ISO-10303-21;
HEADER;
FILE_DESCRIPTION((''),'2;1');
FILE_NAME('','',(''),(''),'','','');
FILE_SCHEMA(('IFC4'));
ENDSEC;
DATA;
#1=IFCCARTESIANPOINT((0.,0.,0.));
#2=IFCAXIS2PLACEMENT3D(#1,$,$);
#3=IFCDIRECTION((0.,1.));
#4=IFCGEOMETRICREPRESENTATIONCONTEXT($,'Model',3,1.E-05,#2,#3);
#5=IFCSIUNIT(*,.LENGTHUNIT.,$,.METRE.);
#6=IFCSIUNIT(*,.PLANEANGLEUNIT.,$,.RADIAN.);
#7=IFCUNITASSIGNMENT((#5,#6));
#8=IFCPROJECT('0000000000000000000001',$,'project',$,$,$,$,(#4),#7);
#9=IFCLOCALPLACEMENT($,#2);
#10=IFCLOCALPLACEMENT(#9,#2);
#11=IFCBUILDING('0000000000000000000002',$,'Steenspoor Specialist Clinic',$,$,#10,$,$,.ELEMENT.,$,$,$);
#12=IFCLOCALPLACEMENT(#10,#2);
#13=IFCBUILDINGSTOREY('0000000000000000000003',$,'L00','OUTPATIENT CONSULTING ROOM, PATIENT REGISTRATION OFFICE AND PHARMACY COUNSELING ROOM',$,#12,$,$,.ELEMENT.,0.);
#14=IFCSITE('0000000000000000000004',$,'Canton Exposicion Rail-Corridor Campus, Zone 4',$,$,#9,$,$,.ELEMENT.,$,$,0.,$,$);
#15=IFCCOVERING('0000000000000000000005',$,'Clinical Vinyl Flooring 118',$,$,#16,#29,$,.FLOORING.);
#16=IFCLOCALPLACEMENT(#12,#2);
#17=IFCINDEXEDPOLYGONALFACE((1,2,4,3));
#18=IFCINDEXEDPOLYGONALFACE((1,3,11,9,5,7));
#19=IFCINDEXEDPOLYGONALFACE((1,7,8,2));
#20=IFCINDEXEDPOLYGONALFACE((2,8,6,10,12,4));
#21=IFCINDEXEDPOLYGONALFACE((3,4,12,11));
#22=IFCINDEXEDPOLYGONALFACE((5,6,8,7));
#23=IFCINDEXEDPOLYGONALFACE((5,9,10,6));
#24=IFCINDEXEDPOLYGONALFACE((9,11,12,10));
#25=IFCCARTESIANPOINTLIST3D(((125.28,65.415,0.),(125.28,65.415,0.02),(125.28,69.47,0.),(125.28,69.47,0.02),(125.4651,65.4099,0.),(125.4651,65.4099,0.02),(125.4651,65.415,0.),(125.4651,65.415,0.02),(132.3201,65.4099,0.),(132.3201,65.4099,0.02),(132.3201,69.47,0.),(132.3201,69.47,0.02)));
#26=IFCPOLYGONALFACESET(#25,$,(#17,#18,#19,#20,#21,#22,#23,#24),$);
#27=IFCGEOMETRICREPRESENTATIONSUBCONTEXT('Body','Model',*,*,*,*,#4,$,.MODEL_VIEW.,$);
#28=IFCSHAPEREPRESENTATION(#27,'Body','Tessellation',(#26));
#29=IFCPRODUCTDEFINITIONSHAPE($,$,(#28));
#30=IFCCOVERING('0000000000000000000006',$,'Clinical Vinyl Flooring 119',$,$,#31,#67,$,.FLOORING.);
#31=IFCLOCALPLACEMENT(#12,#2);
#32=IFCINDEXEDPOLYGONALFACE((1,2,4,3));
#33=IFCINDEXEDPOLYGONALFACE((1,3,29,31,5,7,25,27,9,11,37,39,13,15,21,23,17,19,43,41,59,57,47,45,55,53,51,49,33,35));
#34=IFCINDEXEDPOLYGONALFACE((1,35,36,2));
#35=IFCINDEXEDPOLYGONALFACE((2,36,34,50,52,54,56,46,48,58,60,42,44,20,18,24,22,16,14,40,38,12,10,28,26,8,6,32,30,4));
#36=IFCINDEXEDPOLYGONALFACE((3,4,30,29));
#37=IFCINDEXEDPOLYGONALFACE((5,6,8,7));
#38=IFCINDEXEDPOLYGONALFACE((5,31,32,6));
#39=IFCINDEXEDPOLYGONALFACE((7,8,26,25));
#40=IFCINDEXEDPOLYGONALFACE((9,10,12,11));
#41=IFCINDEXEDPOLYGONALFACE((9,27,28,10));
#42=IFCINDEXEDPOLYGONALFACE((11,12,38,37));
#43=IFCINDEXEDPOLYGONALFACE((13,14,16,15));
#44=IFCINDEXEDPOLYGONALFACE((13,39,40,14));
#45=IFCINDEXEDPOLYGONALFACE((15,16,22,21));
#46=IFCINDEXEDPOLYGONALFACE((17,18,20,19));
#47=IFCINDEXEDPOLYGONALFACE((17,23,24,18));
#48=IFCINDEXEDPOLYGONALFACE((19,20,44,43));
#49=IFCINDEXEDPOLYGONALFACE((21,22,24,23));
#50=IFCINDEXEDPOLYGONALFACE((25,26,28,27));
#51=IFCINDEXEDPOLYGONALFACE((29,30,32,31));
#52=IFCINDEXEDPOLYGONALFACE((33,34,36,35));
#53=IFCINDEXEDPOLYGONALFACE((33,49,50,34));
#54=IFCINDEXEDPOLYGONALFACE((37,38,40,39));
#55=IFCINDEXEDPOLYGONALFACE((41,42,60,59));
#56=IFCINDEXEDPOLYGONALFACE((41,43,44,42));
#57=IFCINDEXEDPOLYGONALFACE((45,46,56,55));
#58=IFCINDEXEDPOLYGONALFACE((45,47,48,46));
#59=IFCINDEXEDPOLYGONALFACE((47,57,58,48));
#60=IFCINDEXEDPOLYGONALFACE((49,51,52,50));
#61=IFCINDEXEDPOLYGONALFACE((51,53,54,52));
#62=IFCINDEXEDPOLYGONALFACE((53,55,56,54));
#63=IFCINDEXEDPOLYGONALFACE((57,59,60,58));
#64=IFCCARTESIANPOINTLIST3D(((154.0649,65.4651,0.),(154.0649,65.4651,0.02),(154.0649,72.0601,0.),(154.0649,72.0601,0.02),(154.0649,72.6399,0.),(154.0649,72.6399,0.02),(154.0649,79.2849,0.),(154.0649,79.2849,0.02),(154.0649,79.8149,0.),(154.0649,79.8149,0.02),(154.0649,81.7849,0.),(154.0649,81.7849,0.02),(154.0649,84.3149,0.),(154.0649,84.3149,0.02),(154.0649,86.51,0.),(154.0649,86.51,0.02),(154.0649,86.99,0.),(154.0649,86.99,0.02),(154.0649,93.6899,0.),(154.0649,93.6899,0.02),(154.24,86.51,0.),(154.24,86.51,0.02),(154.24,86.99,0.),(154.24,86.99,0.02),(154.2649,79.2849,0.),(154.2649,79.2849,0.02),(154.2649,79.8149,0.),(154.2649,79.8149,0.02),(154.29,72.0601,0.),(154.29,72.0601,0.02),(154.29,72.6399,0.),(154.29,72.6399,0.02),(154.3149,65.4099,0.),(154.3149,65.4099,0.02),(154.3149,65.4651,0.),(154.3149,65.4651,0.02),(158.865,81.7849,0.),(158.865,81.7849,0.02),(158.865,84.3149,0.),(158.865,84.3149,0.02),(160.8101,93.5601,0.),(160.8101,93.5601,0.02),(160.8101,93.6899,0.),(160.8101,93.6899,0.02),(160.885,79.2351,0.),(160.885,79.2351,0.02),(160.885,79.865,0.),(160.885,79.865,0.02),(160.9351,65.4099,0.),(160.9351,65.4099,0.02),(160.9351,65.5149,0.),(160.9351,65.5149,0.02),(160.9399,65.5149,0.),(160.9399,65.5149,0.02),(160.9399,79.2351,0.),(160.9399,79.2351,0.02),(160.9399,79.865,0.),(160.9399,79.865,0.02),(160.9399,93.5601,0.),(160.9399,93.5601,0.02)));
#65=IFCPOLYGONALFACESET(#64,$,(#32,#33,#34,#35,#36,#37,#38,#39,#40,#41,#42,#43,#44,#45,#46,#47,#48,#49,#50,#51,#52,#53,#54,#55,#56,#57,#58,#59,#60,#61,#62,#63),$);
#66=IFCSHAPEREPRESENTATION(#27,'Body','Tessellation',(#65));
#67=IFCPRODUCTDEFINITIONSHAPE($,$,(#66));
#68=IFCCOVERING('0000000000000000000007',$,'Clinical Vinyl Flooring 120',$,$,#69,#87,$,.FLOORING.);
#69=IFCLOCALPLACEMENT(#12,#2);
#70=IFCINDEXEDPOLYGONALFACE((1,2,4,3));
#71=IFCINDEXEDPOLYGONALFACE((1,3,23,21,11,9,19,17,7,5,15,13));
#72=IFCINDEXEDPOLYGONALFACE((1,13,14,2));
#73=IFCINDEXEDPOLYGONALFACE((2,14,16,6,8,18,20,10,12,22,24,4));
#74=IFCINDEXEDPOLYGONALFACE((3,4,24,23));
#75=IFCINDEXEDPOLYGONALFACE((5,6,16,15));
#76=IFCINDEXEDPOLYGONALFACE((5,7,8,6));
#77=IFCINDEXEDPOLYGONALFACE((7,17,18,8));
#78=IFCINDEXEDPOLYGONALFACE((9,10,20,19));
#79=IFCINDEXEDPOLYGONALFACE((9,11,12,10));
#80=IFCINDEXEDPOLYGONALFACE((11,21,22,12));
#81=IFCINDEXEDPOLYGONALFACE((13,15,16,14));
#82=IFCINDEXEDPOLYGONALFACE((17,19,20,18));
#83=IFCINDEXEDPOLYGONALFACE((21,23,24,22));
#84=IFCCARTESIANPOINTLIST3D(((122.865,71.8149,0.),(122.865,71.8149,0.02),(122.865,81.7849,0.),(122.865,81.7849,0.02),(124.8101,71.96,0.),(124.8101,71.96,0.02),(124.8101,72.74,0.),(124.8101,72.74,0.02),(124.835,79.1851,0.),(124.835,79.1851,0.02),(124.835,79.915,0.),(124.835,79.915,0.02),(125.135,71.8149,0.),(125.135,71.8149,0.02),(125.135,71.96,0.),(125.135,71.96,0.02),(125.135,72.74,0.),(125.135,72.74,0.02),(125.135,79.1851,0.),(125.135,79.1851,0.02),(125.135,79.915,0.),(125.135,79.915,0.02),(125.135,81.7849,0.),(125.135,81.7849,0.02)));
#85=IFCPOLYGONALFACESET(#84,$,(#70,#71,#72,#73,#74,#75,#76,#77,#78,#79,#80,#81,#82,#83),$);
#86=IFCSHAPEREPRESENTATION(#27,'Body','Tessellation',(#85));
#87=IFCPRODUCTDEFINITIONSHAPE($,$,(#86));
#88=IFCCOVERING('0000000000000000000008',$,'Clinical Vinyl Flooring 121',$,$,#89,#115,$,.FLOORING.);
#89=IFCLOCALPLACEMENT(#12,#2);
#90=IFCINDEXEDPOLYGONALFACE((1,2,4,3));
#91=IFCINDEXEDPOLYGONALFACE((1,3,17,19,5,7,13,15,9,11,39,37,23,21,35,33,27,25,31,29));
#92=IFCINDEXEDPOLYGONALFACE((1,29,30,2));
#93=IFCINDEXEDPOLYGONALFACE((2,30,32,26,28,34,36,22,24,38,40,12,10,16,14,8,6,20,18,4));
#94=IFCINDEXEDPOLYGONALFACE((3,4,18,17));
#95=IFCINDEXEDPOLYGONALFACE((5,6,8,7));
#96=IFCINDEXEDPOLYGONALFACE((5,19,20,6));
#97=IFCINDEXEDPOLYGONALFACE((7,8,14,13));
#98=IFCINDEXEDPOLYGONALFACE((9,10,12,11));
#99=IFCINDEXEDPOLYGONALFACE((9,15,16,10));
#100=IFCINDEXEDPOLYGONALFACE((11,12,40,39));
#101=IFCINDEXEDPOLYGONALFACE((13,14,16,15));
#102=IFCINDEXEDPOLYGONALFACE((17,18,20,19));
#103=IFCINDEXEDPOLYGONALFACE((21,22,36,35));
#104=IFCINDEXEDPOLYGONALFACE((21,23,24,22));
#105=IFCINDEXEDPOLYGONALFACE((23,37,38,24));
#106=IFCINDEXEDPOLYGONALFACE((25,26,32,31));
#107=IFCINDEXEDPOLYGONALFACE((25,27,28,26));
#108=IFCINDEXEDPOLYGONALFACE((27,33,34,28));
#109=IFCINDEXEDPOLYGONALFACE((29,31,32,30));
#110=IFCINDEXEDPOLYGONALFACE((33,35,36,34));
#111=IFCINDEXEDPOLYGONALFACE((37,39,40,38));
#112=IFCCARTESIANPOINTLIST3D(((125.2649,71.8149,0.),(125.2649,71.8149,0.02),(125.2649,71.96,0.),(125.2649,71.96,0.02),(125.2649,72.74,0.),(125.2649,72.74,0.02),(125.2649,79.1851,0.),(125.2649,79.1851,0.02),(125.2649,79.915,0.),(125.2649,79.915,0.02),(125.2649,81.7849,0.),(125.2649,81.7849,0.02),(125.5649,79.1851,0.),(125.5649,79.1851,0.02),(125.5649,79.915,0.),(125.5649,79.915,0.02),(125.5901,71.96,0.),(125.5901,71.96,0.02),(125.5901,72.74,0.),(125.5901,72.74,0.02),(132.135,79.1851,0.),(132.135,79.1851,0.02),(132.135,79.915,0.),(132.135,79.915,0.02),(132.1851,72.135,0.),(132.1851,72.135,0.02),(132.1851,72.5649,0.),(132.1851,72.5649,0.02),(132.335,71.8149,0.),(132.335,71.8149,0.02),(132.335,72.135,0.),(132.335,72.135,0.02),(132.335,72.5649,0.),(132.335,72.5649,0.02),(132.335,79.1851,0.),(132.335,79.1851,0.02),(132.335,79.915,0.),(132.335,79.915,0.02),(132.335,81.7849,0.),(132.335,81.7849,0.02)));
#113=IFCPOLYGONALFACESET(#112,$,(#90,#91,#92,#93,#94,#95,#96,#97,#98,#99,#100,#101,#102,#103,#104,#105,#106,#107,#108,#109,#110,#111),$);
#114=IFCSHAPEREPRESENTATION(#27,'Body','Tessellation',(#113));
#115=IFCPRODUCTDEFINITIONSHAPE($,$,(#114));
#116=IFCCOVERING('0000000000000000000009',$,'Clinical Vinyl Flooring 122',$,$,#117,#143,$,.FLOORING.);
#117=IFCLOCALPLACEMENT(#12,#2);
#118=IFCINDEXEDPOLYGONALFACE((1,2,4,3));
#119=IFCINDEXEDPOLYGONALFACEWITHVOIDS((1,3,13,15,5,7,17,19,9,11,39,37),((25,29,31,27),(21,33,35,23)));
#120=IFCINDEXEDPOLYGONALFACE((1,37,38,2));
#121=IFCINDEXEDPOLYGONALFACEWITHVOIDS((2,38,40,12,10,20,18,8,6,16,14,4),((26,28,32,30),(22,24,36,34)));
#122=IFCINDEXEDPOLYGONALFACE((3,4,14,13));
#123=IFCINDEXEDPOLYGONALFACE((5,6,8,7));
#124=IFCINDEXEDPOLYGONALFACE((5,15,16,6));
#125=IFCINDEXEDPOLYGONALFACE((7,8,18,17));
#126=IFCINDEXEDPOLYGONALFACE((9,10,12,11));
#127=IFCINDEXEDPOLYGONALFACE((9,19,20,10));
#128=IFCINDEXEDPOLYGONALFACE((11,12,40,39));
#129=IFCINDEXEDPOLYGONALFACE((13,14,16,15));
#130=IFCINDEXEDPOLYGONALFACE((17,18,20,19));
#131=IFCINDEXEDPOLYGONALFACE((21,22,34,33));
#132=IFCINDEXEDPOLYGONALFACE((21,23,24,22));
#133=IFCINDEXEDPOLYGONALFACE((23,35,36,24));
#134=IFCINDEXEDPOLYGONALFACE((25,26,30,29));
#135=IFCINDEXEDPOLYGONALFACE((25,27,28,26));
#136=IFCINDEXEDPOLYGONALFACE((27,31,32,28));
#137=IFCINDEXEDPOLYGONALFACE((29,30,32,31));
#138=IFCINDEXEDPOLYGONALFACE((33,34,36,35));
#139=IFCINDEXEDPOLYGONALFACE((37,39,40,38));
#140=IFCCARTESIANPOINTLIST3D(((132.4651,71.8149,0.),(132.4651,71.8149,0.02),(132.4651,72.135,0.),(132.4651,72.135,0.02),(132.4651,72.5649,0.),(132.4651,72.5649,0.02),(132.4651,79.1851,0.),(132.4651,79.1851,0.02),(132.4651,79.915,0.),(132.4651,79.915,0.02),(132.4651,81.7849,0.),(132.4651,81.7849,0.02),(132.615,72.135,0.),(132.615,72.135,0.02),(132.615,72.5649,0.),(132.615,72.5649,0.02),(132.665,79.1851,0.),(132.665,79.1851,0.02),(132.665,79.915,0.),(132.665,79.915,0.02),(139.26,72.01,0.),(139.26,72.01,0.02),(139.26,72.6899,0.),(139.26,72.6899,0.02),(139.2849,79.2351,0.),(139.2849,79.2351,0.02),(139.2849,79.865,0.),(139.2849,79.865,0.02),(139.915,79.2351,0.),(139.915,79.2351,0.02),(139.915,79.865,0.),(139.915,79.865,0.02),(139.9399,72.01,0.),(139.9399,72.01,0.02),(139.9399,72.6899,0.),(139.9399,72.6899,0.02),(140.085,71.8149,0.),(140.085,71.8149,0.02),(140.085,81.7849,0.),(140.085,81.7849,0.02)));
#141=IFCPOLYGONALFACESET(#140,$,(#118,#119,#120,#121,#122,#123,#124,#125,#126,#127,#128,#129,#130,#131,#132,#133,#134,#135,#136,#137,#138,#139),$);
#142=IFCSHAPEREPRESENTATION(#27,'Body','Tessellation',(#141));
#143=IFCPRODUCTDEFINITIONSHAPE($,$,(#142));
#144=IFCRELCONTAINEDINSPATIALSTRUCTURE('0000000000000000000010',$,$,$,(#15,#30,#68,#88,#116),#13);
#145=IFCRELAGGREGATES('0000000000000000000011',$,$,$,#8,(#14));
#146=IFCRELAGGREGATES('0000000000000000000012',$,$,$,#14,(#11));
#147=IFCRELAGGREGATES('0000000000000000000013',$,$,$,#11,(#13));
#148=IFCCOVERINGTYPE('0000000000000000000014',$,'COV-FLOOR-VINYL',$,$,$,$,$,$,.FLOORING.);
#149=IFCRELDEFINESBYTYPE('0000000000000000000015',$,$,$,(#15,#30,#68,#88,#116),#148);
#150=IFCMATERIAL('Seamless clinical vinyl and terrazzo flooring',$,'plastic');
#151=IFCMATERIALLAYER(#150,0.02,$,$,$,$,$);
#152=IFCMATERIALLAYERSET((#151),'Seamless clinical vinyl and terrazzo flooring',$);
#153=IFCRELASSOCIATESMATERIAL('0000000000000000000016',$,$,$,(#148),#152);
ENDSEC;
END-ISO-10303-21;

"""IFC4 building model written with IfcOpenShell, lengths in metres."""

from ifc_helpers import new_model, si_unit, direction, origin, place, context, subcontext, project, spatial, polyline, outline, extrude, material, layer, layer_set, type_object, element, save


model = new_model("IFC4")

# Units and contexts
model_context = context("Model", 3, precision=1e-05, world=origin(), true_north=direction((0.0, 1.0)))
body_context = subcontext(model_context, "Body", "Model", "MODEL_VIEW")
ifc_project = project(units=[si_unit("LENGTHUNIT", "METRE"), si_unit("PLANEANGLEUNIT", "RADIAN")], contexts=[model_context])

# Site, building, storey
site_placement = place(None, origin())
site = spatial("IfcSite", under=ifc_project, at=site_placement, Name="Canton Exposicion Rail-Corridor Campus, Zone 4", CompositionType="ELEMENT", RefElevation=0.0)
building_placement = place(site_placement, origin())
building = spatial("IfcBuilding", under=site, at=building_placement, Name="Steenspoor Specialist Clinic", CompositionType="ELEMENT")
storey_placement = place(building_placement, origin())
storey = spatial("IfcBuildingStorey", under=building, at=storey_placement, Name="L00", Description="OUTPATIENT CONSULTING ROOM, PATIENT REGISTRATION OFFICE AND PHARMACY COUNSELING ROOM", CompositionType="ELEMENT", Elevation=0.0)

# Coverings
ifc_material_1 = material(Name="Seamless clinical vinyl and terrazzo flooring", Category="plastic")
ifc_layer_1 = layer(ifc_material_1, 0.02)
ifc_layer_set_1 = layer_set([ifc_layer_1], Name="Seamless clinical vinyl and terrazzo flooring")
covering_type_1 = type_object("IfcCoveringType", Name="COV-FLOOR-VINYL", PredefinedType="FLOORING", material=ifc_layer_set_1)
covering_1_placement = place(storey_placement, origin())
element("IfcCovering", 1, at=covering_1_placement, inside=storey, type_object=covering_type_1, Name="Clinical Vinyl Flooring 118", PredefinedType="FLOORING", context=body_context, shape_type="SweptSolid", body=[
    extrude(outline(polyline([(132.3201, 69.47), (132.3201, 65.4099), (125.4651, 65.4099), (125.4651, 65.415), (125.28, 65.415), (125.28, 69.47), (132.3201, 69.47)])), origin(), (0.0, 0.0, 1.0), 0.02),
])
covering_2_placement = place(storey_placement, origin())
element("IfcCovering", 2, at=covering_2_placement, inside=storey, type_object=covering_type_1, Name="Clinical Vinyl Flooring 119", PredefinedType="FLOORING", context=body_context, shape_type="SweptSolid", body=[
    extrude(outline(polyline([(154.0649, 86.51), (154.24, 86.51), (154.24, 86.99), (154.0649, 86.99), (154.0649, 93.6899), (160.8101, 93.6899), (160.8101, 93.5601), (160.9399, 93.5601), (160.9399, 79.865), (160.885, 79.865), (160.885, 79.2351), (160.9399, 79.2351), (160.9399, 65.5149), (160.9351, 65.5149), (160.9351, 65.4099), (154.3149, 65.4099), (154.3149, 65.4651), (154.0649, 65.4651), (154.0649, 72.0601), (154.29, 72.0601), (154.29, 72.6399), (154.0649, 72.6399), (154.0649, 79.2849), (154.2649, 79.2849), (154.2649, 79.8149), (154.0649, 79.8149), (154.0649, 81.7849), (158.865, 81.7849), (158.865, 84.3149), (154.0649, 84.3149), (154.0649, 86.51)])), origin(), (0.0, 0.0, 1.0), 0.02),
])
covering_3_placement = place(storey_placement, origin())
element("IfcCovering", 3, at=covering_3_placement, inside=storey, type_object=covering_type_1, Name="Clinical Vinyl Flooring 120", PredefinedType="FLOORING", context=body_context, shape_type="SweptSolid", body=[
    extrude(outline(polyline([(125.135, 79.915), (124.835, 79.915), (124.835, 79.1851), (125.135, 79.1851), (125.135, 72.74), (124.8101, 72.74), (124.8101, 71.96), (125.135, 71.96), (125.135, 71.8149), (122.865, 71.8149), (122.865, 81.7849), (125.135, 81.7849), (125.135, 79.915)])), origin(), (0.0, 0.0, 1.0), 0.02),
])
covering_4_placement = place(storey_placement, origin())
element("IfcCovering", 4, at=covering_4_placement, inside=storey, type_object=covering_type_1, Name="Clinical Vinyl Flooring 121", PredefinedType="FLOORING", context=body_context, shape_type="SweptSolid", body=[
    extrude(outline(polyline([(132.335, 79.915), (132.135, 79.915), (132.135, 79.1851), (132.335, 79.1851), (132.335, 72.5649), (132.1851, 72.5649), (132.1851, 72.135), (132.335, 72.135), (132.335, 71.8149), (125.2649, 71.8149), (125.2649, 71.96), (125.5901, 71.96), (125.5901, 72.74), (125.2649, 72.74), (125.2649, 79.1851), (125.5649, 79.1851), (125.5649, 79.915), (125.2649, 79.915), (125.2649, 81.7849), (132.335, 81.7849), (132.335, 79.915)])), origin(), (0.0, 0.0, 1.0), 0.02),
])
covering_5_placement = place(storey_placement, origin())
element("IfcCovering", 5, at=covering_5_placement, inside=storey, type_object=covering_type_1, Name="Clinical Vinyl Flooring 122", PredefinedType="FLOORING", context=body_context, shape_type="SweptSolid", body=[
    extrude(outline(polyline([(132.4651, 71.8149), (132.4651, 72.135), (132.615, 72.135), (132.615, 72.5649), (132.4651, 72.5649), (132.4651, 79.1851), (132.665, 79.1851), (132.665, 79.915), (132.4651, 79.915), (132.4651, 81.7849), (140.085, 81.7849), (140.085, 71.8149), (132.4651, 71.8149)]), holes=[polyline([(139.9399, 72.01), (139.9399, 72.6899), (139.26, 72.6899), (139.26, 72.01), (139.9399, 72.01)]), polyline([(139.915, 79.2351), (139.915, 79.865), (139.2849, 79.865), (139.2849, 79.2351), (139.915, 79.2351)])]), origin(), (0.0, 0.0, 1.0), 0.02),
])

save(model, "model.ifc")
